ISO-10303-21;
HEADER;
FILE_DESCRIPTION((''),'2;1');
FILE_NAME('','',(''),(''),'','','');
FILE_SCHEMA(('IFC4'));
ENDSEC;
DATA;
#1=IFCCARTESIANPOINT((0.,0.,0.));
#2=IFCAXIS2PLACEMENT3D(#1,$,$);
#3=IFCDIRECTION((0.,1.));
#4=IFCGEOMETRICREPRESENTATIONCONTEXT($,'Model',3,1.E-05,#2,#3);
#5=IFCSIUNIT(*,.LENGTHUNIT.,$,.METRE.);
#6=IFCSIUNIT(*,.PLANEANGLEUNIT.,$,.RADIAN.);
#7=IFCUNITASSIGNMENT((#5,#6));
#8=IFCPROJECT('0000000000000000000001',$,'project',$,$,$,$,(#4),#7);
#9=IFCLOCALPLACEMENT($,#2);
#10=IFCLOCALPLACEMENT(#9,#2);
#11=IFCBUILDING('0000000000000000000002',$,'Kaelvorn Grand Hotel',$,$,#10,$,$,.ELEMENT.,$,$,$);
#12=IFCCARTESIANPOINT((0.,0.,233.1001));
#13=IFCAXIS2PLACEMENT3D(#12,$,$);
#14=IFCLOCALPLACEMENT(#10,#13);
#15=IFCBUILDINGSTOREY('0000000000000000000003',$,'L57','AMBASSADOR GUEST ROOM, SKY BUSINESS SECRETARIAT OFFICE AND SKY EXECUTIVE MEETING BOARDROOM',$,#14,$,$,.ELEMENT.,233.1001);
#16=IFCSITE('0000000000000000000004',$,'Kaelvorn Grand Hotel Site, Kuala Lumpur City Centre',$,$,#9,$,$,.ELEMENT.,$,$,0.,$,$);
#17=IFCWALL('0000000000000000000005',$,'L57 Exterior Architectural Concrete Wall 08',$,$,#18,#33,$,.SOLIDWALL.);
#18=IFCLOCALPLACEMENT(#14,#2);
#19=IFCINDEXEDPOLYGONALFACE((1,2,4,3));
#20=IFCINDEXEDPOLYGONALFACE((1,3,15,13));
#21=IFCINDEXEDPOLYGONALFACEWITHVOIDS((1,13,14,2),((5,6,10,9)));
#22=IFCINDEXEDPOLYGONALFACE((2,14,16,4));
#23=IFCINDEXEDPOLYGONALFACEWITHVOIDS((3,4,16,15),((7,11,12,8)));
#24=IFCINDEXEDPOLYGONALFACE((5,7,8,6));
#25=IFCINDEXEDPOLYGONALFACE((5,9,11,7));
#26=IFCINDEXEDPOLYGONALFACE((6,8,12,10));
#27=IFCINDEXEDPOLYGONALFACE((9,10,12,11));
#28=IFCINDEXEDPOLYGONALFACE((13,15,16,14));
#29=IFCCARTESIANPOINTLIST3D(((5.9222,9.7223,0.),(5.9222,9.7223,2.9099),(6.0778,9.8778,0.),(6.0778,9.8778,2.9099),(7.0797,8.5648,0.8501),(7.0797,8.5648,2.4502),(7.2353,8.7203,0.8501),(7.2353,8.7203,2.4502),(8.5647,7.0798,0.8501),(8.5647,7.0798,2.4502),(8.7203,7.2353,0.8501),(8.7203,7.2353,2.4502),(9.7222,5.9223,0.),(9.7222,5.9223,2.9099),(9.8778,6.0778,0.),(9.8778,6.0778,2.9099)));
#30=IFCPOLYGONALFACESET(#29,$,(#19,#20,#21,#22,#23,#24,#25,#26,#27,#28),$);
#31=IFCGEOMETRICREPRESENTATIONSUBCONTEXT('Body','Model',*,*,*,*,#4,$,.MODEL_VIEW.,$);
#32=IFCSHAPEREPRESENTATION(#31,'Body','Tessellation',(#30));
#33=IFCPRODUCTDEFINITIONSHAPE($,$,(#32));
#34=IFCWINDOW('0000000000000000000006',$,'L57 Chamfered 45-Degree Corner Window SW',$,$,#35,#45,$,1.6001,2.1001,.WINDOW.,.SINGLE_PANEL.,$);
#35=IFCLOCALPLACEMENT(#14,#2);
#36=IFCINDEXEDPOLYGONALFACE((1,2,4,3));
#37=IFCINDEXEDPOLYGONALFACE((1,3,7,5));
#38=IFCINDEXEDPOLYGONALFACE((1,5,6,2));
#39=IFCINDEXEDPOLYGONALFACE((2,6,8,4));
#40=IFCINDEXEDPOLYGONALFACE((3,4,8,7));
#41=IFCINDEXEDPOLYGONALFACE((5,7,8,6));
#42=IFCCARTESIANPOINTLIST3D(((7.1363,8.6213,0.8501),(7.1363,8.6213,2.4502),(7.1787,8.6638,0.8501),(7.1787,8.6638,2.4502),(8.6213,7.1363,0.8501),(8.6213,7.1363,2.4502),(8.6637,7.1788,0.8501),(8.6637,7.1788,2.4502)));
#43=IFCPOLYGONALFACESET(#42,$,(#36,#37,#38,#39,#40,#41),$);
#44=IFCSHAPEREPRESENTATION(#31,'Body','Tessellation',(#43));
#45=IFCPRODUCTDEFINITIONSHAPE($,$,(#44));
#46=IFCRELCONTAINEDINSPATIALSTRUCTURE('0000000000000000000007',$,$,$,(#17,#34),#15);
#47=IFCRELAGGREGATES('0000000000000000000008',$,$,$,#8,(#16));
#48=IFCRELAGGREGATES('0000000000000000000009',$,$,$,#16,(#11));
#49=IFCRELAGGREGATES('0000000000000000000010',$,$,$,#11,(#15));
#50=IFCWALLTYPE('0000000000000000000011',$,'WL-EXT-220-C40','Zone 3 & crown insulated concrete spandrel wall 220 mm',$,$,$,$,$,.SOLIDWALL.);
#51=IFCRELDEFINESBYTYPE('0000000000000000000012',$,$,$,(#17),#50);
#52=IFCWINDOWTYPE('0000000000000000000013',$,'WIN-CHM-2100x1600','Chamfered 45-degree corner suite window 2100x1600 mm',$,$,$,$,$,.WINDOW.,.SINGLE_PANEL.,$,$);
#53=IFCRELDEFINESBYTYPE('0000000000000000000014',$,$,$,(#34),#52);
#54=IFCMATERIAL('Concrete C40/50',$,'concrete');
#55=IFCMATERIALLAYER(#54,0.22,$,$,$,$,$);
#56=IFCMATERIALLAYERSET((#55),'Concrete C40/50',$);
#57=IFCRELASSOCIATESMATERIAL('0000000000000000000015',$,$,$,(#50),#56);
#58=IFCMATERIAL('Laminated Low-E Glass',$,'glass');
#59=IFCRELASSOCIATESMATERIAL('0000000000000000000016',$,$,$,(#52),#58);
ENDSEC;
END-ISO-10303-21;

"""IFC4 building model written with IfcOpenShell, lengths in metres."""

from ifc_helpers import new_model, si_unit, direction, frame, frame_2d, origin, place, context, subcontext, project, spatial, rectangle, extrude, material, layer, layer_set, type_object, element, fill, save


model = new_model("IFC4")

# Units and contexts
model_context = context("Model", 3, precision=1e-05, world=origin(), true_north=direction((0.0, 1.0)))
body_context = subcontext(model_context, "Body", "Model", "MODEL_VIEW")
ifc_project = project(units=[si_unit("LENGTHUNIT", "METRE"), si_unit("PLANEANGLEUNIT", "RADIAN")], contexts=[model_context])

# Site, building, storey
site_placement = place(None, origin())
site = spatial("IfcSite", under=ifc_project, at=site_placement, Name="Kaelvorn Grand Hotel Site, Kuala Lumpur City Centre", CompositionType="ELEMENT", RefElevation=0.0)
building_placement = place(site_placement, origin())
building = spatial("IfcBuilding", under=site, at=building_placement, Name="Kaelvorn Grand Hotel", CompositionType="ELEMENT")
storey_placement = place(building_placement, frame((0.0, 0.0, 233.1001)))
storey = spatial("IfcBuildingStorey", under=building, at=storey_placement, Name="L57", Description="AMBASSADOR GUEST ROOM, SKY BUSINESS SECRETARIAT OFFICE AND SKY EXECUTIVE MEETING BOARDROOM", CompositionType="ELEMENT", Elevation=233.1001)

# Shared definitions
ifc_material_1 = material(Name="Concrete C40/50", Category="concrete")

# Shared definitions
ifc_layer = layer(ifc_material_1, 0.22)
ifc_layer_set = layer_set([ifc_layer], Name="Concrete C40/50")
wall_type = type_object("IfcWallType", Name="WL-EXT-220-C40", Description="Zone 3 & crown insulated concrete spandrel wall 220 mm", PredefinedType="SOLIDWALL", material=ifc_layer_set)
ifc_material_2 = material(Name="Laminated Low-E Glass", Category="glass")

# Wall, opening, window
wall_1_placement = place(storey_placement, frame((6.0, 9.8, 0.0), z_axis=(0.0, 0.0, 1.0), x_axis=(0.707107, -0.707107, 0.0)))
wall_1 = element("IfcWall", 1, at=wall_1_placement, inside=storey, type_object=wall_type, Name="L57 Exterior Architectural Concrete Wall 08", PredefinedType="SOLIDWALL", context=body_context, shape_type="SweptSolid", body=[
    extrude(rectangle(XDim=5.374, YDim=0.22, at=frame_2d((2.687, 0.0))), origin(), (0.0, 0.0, 1.0), 2.9099),
])
opening_1_placement = place(wall_1_placement, frame((1.637, 0.0, 0.8501)))
opening_1 = element("IfcOpeningElement", 2, at=opening_1_placement, cuts=wall_1, PredefinedType="OPENING", context=body_context, shape_type="SweptSolid", body=[
    extrude(rectangle(XDim=2.1001, YDim=1.6001, at=frame_2d((1.05, 0.8))), frame((0.0, 0.1201, 0.0), z_axis=(0.0, -1.0, 0.0), x_axis=(1.0, 0.0, 0.0)), (0.0, 0.0, 1.0), 0.24),
])
window_type_1 = type_object("IfcWindowType", Name="WIN-CHM-2100x1600", Description="Chamfered 45-degree corner suite window 2100x1600 mm", PartitioningType="SINGLE_PANEL", PredefinedType="WINDOW", material=ifc_material_2)
window_1_placement = place(opening_1_placement, origin())
window_1 = element("IfcWindow", 3, at=window_1_placement, inside=storey, type_object=window_type_1, Name="L57 Chamfered 45-Degree Corner Window SW", OverallHeight=1.6001, OverallWidth=2.1001, PartitioningType="SINGLE_PANEL", PredefinedType="WINDOW", context=body_context, shape_type="SweptSolid", body=[
    extrude(rectangle(XDim=2.1001, YDim=1.6001, at=frame_2d((1.05, 0.8))), frame((0.0, 0.03, 0.0), z_axis=(0.0, -1.0, 0.0), x_axis=(1.0, 0.0, 0.0)), (0.0, 0.0, 1.0), 0.0601),
])
fill(opening_1, window_1)

save(model, "model.ifc")
